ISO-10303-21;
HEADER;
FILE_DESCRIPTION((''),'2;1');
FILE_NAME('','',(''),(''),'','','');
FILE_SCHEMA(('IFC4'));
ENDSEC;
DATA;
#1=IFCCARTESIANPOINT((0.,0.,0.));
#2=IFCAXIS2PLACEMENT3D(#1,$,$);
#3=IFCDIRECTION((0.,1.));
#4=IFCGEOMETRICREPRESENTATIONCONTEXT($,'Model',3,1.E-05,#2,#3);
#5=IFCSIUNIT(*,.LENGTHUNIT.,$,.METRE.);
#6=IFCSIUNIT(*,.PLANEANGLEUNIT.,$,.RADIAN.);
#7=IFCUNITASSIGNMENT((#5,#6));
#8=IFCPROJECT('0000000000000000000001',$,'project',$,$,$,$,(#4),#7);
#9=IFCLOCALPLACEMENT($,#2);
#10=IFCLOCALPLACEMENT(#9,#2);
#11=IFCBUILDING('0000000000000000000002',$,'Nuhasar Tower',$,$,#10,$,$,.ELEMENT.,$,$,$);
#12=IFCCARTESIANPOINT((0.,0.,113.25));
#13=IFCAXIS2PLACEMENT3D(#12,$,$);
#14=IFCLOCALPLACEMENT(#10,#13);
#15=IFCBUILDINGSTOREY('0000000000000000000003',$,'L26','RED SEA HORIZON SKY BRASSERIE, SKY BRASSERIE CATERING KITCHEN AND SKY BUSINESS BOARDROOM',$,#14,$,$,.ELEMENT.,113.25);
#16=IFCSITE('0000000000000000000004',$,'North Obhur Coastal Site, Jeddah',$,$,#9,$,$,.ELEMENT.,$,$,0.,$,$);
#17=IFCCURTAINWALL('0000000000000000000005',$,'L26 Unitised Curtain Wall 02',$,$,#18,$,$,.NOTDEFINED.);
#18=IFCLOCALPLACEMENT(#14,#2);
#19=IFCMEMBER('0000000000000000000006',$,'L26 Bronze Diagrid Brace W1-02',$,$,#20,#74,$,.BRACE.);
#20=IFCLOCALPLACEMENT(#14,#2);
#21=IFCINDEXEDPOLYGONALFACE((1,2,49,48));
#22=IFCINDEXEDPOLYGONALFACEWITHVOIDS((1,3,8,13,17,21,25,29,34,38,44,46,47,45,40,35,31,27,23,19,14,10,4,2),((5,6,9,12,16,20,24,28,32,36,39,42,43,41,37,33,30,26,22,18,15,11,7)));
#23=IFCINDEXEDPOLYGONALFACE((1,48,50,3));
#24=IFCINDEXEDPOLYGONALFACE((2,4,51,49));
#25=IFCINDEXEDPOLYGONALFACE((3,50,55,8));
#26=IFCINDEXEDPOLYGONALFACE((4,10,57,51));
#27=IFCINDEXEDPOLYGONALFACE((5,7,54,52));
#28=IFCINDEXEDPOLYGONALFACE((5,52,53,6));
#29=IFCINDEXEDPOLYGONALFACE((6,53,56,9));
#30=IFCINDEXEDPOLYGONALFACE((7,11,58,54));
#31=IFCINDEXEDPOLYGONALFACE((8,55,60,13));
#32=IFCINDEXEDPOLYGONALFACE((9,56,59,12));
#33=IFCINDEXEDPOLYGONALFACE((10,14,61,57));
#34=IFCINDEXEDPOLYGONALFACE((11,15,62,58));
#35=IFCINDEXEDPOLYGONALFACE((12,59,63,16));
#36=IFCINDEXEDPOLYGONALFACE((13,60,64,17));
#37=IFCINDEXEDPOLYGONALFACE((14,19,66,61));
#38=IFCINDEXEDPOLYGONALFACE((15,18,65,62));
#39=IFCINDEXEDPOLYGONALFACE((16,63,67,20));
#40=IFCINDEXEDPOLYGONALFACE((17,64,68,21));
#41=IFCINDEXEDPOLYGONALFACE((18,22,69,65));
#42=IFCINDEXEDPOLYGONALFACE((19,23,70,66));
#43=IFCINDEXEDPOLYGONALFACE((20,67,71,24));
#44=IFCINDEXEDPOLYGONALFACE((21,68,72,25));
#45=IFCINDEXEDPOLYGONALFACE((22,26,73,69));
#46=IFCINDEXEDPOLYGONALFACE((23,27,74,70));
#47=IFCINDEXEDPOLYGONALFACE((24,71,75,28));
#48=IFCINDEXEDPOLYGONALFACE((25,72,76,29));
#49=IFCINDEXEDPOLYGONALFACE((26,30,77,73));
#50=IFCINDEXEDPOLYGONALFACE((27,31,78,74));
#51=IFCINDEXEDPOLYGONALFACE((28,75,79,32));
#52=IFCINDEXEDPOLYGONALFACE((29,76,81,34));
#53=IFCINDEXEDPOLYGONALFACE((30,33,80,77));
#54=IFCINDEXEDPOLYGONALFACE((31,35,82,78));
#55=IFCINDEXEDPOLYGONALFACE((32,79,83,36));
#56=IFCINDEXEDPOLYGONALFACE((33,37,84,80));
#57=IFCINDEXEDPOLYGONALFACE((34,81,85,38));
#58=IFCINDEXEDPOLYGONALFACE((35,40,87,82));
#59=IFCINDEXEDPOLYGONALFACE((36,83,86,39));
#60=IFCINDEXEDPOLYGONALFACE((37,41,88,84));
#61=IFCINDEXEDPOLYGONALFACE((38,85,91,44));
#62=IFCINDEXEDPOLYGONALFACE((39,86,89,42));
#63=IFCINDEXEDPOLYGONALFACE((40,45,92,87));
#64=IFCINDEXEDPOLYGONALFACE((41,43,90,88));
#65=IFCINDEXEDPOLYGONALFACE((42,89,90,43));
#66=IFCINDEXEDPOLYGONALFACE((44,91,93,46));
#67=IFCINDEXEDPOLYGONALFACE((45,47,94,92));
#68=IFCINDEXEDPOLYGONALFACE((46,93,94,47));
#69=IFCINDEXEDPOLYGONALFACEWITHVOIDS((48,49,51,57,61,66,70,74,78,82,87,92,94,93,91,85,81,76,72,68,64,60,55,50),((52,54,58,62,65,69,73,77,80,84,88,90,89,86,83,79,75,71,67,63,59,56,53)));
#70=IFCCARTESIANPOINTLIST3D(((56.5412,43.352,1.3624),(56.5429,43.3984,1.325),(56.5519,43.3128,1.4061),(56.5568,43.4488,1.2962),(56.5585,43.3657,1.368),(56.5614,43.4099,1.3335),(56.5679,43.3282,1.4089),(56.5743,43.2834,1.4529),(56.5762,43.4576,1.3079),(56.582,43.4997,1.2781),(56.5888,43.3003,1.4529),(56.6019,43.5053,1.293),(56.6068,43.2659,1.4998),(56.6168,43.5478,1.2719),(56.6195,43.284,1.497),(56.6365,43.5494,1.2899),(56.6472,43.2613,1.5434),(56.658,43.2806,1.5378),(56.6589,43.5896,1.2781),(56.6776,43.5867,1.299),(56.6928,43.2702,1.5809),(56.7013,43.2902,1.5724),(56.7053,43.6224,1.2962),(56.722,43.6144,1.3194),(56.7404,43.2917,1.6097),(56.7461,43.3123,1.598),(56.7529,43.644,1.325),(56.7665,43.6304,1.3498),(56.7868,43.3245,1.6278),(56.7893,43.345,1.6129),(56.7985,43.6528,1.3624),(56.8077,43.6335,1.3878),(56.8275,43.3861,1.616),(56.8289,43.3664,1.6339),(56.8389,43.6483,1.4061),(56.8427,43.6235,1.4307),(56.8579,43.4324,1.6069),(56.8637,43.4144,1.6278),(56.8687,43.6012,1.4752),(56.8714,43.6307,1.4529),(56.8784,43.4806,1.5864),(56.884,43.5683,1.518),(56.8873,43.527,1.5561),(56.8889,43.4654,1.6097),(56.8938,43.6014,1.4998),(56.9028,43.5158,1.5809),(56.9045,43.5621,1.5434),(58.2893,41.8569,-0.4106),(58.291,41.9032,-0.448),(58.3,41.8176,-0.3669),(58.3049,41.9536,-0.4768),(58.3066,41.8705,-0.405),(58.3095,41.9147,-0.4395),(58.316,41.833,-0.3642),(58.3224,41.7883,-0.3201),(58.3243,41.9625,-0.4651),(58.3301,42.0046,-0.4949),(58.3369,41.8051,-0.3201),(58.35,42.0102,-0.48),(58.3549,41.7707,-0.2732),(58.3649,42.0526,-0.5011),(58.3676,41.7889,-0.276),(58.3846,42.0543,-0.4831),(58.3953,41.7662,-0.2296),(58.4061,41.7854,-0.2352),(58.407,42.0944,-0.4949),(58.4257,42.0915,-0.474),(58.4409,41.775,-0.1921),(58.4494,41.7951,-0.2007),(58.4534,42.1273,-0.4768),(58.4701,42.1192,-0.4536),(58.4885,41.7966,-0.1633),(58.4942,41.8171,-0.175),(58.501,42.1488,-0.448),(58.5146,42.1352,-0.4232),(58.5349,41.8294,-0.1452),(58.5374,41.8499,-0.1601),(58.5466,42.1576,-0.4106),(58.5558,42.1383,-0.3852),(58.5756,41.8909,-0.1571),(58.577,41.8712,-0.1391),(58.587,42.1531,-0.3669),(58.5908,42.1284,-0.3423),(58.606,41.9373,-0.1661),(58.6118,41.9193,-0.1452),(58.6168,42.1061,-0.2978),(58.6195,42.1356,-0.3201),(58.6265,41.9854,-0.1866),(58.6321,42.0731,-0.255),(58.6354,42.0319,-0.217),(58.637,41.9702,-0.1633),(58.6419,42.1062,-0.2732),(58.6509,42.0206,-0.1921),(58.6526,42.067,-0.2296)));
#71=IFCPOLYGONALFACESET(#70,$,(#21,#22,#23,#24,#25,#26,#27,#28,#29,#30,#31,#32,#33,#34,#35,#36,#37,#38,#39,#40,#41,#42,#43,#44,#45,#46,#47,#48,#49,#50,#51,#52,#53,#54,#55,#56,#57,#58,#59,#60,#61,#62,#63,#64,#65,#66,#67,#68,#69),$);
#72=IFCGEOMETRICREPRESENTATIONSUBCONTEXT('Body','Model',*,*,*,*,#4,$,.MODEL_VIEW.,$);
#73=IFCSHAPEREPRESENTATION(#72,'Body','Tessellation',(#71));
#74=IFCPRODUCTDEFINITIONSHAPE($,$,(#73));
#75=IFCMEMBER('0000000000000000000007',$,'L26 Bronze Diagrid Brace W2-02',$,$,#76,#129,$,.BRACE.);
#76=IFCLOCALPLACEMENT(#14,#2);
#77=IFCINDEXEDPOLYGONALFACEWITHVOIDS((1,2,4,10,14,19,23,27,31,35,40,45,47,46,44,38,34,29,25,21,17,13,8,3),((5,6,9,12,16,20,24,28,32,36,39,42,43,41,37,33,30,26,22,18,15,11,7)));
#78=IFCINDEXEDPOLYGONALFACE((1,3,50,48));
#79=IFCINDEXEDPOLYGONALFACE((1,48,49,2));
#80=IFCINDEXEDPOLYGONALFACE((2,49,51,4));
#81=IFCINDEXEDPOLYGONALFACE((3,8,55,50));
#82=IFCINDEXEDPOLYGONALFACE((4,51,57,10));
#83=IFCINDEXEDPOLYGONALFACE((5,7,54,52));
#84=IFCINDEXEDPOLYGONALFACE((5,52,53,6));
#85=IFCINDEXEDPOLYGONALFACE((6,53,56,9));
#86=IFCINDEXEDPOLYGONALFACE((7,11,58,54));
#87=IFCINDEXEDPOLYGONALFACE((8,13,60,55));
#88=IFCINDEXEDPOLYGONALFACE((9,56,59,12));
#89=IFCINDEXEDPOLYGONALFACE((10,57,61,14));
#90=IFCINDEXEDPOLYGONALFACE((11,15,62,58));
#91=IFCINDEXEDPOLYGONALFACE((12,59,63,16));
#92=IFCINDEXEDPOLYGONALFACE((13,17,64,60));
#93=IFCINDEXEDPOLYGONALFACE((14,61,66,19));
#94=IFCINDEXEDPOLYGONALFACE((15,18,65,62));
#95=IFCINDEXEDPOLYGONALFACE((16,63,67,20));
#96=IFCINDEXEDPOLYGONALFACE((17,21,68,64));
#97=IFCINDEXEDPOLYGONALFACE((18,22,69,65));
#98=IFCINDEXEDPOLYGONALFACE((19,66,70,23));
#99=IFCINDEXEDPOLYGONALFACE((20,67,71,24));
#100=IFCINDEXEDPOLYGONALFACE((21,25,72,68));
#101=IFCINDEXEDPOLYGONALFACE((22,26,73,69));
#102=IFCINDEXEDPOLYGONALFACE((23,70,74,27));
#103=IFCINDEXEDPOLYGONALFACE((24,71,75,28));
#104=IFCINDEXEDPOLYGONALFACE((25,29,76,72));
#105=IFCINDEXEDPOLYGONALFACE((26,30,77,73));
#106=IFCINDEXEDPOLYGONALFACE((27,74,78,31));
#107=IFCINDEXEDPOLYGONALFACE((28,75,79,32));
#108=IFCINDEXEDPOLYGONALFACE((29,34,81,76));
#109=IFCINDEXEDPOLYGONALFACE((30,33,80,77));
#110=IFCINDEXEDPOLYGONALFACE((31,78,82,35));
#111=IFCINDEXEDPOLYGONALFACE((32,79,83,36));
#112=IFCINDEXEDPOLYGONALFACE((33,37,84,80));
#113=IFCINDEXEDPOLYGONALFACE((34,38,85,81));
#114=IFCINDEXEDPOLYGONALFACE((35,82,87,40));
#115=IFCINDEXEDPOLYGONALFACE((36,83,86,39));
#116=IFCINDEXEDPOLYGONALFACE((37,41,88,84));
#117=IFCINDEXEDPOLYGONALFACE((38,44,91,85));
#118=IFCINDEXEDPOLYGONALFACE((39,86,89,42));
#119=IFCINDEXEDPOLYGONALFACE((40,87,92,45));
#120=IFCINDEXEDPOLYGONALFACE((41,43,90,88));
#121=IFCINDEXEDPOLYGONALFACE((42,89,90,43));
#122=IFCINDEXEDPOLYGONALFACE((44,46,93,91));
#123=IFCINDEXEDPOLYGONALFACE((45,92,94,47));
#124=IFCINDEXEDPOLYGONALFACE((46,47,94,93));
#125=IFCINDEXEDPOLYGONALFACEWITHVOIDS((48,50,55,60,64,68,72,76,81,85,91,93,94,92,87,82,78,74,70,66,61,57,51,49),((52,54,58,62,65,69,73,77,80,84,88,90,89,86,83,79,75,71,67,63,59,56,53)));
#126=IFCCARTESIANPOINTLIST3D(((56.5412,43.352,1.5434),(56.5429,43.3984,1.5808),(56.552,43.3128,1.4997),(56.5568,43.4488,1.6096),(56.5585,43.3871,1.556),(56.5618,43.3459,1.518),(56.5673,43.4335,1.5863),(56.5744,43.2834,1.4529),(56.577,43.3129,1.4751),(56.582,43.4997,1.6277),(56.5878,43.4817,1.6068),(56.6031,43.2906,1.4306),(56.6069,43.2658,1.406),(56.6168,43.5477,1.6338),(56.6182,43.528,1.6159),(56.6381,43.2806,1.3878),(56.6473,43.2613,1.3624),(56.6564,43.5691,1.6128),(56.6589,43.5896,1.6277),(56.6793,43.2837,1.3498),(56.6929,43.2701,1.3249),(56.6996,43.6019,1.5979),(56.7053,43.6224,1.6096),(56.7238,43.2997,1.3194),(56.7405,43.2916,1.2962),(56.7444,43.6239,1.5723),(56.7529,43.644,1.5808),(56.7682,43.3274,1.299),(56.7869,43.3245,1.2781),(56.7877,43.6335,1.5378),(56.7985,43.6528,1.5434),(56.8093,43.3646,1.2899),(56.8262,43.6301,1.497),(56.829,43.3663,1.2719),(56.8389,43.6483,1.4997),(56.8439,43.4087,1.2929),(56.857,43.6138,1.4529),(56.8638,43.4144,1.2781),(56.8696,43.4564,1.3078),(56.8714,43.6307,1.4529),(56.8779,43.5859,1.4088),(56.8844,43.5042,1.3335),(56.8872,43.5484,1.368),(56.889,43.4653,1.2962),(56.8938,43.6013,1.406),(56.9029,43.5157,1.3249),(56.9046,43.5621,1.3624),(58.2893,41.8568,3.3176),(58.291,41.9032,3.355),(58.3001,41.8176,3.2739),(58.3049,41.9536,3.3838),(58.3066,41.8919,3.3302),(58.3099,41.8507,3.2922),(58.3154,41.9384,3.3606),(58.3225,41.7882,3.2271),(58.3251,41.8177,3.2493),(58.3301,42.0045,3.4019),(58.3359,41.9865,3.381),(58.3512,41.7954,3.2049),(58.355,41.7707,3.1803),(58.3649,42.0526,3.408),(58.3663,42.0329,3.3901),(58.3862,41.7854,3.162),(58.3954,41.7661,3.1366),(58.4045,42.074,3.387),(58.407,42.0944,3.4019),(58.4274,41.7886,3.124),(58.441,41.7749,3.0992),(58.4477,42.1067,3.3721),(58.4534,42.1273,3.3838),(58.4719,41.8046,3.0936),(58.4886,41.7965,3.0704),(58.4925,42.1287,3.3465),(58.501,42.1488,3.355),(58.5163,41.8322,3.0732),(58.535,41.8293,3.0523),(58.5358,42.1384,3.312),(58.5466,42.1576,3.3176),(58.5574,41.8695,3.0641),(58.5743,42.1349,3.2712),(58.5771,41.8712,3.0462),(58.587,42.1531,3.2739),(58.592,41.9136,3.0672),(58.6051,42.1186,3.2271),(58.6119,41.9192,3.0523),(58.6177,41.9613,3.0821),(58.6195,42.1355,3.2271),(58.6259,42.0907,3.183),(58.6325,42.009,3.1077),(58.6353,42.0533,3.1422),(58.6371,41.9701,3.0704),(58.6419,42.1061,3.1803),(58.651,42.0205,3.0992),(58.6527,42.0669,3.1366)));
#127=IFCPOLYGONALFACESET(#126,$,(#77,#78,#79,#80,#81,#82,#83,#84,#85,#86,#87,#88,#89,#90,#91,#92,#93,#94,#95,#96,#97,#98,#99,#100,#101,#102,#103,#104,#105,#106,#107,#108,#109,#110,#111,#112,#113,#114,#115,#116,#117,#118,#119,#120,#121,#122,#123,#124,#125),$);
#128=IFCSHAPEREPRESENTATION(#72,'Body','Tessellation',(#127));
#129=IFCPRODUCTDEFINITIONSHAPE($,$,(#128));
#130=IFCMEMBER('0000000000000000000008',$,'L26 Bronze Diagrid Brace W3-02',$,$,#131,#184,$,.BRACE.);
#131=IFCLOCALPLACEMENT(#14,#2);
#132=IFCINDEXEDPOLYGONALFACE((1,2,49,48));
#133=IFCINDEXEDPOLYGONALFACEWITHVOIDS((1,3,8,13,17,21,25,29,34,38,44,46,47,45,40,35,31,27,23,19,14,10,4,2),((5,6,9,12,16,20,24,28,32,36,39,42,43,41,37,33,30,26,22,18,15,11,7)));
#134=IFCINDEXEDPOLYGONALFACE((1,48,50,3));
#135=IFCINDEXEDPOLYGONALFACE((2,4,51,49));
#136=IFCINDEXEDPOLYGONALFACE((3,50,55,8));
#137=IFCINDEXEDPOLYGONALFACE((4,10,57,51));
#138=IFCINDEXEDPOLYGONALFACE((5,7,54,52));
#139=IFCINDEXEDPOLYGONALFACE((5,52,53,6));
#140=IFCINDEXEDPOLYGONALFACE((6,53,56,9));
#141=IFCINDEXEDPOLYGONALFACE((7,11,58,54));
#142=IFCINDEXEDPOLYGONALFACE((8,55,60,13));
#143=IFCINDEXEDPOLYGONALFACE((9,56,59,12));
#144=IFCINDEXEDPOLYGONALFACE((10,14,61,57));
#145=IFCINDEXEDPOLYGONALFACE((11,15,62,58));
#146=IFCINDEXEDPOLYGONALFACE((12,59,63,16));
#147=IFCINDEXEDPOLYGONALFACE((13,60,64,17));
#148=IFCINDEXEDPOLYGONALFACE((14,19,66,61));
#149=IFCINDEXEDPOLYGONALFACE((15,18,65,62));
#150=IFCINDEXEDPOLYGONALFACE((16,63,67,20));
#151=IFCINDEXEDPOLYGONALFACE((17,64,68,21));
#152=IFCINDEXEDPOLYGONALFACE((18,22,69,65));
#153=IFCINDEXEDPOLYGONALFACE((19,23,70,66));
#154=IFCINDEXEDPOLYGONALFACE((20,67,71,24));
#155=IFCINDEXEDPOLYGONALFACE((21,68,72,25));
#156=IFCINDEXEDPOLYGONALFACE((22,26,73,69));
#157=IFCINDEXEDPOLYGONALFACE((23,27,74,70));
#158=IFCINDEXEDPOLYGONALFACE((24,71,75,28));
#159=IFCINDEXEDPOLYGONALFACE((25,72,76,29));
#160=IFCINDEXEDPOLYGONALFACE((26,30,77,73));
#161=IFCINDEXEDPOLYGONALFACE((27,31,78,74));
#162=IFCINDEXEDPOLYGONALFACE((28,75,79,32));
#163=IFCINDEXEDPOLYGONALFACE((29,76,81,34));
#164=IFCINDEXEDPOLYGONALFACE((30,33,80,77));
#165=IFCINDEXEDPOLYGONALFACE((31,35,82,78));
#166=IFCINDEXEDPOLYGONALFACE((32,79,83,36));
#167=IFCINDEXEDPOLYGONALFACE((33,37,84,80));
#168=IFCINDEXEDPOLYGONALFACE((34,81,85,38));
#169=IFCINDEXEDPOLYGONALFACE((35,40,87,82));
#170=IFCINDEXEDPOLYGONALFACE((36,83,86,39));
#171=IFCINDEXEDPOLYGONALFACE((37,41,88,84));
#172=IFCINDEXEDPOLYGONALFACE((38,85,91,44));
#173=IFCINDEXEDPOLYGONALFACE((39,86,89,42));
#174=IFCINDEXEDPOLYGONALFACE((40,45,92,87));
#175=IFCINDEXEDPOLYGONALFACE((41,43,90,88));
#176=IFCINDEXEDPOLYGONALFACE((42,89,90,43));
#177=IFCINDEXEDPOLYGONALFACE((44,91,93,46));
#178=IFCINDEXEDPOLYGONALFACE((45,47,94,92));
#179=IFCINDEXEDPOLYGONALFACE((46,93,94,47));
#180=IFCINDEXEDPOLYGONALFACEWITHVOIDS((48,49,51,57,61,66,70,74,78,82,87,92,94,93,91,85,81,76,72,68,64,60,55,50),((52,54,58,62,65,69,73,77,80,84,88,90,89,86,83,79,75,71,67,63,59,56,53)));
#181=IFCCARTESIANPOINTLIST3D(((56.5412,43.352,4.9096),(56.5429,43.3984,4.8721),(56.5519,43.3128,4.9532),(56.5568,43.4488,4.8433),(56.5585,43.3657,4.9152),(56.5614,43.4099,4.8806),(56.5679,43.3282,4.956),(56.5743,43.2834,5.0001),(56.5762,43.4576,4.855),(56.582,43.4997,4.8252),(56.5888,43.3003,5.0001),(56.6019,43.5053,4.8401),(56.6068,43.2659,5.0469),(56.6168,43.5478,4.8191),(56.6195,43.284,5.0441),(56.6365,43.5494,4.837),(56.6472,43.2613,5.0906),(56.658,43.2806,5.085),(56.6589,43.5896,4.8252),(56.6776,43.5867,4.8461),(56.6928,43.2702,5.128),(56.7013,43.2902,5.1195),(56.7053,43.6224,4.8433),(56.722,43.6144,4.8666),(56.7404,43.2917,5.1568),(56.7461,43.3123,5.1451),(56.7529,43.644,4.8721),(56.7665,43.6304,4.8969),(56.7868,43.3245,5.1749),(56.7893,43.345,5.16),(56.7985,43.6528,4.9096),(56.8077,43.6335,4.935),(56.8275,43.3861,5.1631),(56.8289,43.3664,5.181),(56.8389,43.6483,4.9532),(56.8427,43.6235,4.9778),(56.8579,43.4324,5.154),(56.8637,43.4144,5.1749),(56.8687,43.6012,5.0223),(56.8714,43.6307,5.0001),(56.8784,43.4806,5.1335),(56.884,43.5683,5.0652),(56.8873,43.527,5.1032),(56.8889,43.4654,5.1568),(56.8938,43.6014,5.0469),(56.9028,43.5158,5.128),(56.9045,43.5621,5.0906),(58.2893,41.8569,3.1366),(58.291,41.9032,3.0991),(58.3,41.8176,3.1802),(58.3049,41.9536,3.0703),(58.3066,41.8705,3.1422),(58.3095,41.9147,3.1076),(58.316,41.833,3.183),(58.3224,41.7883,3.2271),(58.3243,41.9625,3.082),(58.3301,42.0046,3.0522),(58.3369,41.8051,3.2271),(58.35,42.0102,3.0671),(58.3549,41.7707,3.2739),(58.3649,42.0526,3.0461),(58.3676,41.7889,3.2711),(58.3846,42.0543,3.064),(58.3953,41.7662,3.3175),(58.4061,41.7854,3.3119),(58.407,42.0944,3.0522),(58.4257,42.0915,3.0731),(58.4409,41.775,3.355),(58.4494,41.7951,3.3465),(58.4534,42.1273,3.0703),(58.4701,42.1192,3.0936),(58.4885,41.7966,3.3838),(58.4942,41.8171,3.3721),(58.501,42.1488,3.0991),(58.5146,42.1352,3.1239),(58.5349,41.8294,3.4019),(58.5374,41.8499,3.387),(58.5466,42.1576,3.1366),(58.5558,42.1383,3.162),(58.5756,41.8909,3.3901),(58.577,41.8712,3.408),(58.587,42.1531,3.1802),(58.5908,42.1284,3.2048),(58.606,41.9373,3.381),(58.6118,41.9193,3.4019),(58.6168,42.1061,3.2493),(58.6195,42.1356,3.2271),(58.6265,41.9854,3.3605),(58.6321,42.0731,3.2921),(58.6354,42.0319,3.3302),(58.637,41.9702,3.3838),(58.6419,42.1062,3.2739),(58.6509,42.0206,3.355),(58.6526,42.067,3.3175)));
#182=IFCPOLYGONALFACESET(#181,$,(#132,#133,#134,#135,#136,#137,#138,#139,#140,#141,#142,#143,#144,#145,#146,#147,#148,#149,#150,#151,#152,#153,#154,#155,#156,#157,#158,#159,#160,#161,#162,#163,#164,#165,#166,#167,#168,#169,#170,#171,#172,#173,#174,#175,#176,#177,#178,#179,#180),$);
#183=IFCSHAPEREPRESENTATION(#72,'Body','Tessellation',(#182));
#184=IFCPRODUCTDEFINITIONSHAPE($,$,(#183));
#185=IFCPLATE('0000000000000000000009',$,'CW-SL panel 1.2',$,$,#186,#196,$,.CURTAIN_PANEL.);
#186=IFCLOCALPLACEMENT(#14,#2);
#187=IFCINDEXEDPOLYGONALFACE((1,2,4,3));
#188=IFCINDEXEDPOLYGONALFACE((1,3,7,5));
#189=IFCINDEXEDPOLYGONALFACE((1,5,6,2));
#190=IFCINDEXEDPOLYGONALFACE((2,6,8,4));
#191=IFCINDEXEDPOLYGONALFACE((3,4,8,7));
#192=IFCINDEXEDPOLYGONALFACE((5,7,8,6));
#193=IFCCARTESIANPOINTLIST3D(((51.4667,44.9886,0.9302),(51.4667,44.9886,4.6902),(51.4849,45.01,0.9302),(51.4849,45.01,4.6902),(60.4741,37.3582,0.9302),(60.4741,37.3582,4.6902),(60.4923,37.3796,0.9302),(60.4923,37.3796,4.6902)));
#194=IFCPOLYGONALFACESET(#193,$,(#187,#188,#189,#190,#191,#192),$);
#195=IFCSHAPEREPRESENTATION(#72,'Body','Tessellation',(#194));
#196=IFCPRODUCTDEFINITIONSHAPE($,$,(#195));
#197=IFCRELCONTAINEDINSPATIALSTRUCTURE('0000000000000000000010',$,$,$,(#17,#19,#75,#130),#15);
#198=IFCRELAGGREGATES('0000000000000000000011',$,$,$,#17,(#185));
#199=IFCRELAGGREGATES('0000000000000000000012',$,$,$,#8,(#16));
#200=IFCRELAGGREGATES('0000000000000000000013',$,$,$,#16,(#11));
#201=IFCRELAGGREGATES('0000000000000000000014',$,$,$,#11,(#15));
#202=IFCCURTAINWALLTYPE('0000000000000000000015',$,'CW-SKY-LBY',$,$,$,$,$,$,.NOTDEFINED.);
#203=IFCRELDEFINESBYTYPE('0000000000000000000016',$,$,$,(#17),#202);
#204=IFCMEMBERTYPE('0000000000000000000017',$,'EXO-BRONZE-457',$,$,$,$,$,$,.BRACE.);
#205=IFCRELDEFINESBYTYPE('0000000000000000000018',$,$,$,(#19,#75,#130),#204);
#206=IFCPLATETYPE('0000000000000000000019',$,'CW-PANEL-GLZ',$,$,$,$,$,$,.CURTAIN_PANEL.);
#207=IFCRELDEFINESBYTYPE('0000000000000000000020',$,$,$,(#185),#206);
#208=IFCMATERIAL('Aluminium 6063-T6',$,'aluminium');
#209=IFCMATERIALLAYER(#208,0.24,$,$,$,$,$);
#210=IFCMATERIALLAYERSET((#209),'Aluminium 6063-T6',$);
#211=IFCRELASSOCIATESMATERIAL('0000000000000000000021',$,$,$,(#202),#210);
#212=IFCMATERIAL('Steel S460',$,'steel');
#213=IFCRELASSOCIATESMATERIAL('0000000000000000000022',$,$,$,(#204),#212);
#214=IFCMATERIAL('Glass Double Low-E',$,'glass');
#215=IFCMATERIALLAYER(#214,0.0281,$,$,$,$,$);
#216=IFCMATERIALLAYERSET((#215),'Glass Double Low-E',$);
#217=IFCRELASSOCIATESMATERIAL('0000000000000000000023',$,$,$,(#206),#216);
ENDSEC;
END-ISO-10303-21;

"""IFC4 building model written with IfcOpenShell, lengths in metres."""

from ifc_helpers import new_model, si_unit, direction, frame, origin, origin_2d, place, context, subcontext, project, spatial, rectangle, hollow_circle, extrude, material, layer, layer_set, material_profile, profile_set, type_object, element, aggregate, save


model = new_model("IFC4")

# Units and contexts
model_context = context("Model", 3, precision=1e-05, world=origin(), true_north=direction((0.0, 1.0)))
body_context = subcontext(model_context, "Body", "Model", "MODEL_VIEW")
ifc_project = project(units=[si_unit("LENGTHUNIT", "METRE"), si_unit("PLANEANGLEUNIT", "RADIAN")], contexts=[model_context])

# Site, building, storey
site_placement = place(None, origin())
site = spatial("IfcSite", under=ifc_project, at=site_placement, Name="North Obhur Coastal Site, Jeddah", CompositionType="ELEMENT", RefElevation=0.0)
building_placement = place(site_placement, origin())
building = spatial("IfcBuilding", under=site, at=building_placement, Name="Nuhasar Tower", CompositionType="ELEMENT")
storey_placement = place(building_placement, frame((0.0, 0.0, 113.25)))
storey = spatial("IfcBuildingStorey", under=building, at=storey_placement, Name="L26", Description="RED SEA HORIZON SKY BRASSERIE, SKY BRASSERIE CATERING KITCHEN AND SKY BUSINESS BOARDROOM", CompositionType="ELEMENT", Elevation=113.25)

# Shared definitions
ifc_material_1 = material(Name="Steel S460", Category="steel")

# Shared definitions
ifc_material_2 = material(Name="Aluminium 6063-T6", Category="aluminium")
ifc_layer_1 = layer(ifc_material_2, 0.24)
ifc_layer_set_1 = layer_set([ifc_layer_1], Name="Aluminium 6063-T6")
curtain_wall_type = type_object("IfcCurtainWallType", Name="CW-SKY-LBY", PredefinedType="NOTDEFINED", material=ifc_layer_set_1)

# Curtain wall
curtain_wall_1_placement = place(storey_placement, origin())
curtain_wall_1 = element("IfcCurtainWall", 1, at=curtain_wall_1_placement, inside=storey, type_object=curtain_wall_type, Name="L26 Unitised Curtain Wall 02", PredefinedType="NOTDEFINED")

# Members
ifc_material_profile_1 = material_profile(ifc_material_1, hollow_circle(Radius=0.2285, WallThickness=0.0222, at=origin_2d()), Name="HSS457X22.2")
ifc_profile_set_1 = profile_set([ifc_material_profile_1], Name="Steel S460")
member_type_1 = type_object("IfcMemberType", Name="EXO-BRONZE-457", PredefinedType="BRACE", material=ifc_profile_set_1)
member_1_placement = place(storey_placement, frame((58.4709, 41.9619, -0.3201), z_axis=(-0.601903, 0.514812, 0.610477), x_axis=(-0.649987, -0.759945, 0.0)))
element("IfcMember", 2, at=member_1_placement, inside=storey, type_object=member_type_1, Name="L26 Bronze Diagrid Brace W1-02", PredefinedType="BRACE", context=body_context, shape_type="SweptSolid", body=[
    extrude(hollow_circle(Radius=0.2285, WallThickness=0.0222, at=origin_2d()), origin(), (0.0, 0.0, 1.0), 2.9043),
])
member_2_placement = place(storey_placement, frame((56.7229, 43.457, 1.4529), z_axis=(0.601748, -0.51468, 0.610741), x_axis=(0.649987, 0.759945, 0.0)))
element("IfcMember", 3, at=member_2_placement, inside=storey, type_object=member_type_1, Name="L26 Bronze Diagrid Brace W2-02", PredefinedType="BRACE", context=body_context, shape_type="SweptSolid", body=[
    extrude(hollow_circle(Radius=0.2285, WallThickness=0.0222, at=origin_2d()), origin(), (0.0, 0.0, 1.0), 2.905),
])
member_3_placement = place(storey_placement, frame((58.4709, 41.9619, 3.2271), z_axis=(-0.601903, 0.514812, 0.610477), x_axis=(-0.649987, -0.759945, 0.0)))
element("IfcMember", 4, at=member_3_placement, inside=storey, type_object=member_type_1, Name="L26 Bronze Diagrid Brace W3-02", PredefinedType="BRACE", context=body_context, shape_type="SweptSolid", body=[
    extrude(hollow_circle(Radius=0.2285, WallThickness=0.0222, at=origin_2d()), origin(), (0.0, 0.0, 1.0), 2.9043),
])

# Plate
ifc_material_3 = material(Name="Glass Double Low-E", Category="glass")
ifc_layer_2 = layer(ifc_material_3, 0.0281)
ifc_layer_set_2 = layer_set([ifc_layer_2], Name="Glass Double Low-E")
plate_type_1 = type_object("IfcPlateType", Name="CW-PANEL-GLZ", PredefinedType="CURTAIN_PANEL", material=ifc_layer_set_2)
plate_1_placement = place(storey_placement, frame((55.9795, 41.1841, 0.9302), z_axis=(0.0, 0.0, 1.0), x_axis=(-0.76302, 0.646374, 0.0)))
plate_1 = element("IfcPlate", 5, at=plate_1_placement, type_object=plate_type_1, Name="CW-SL panel 1.2", PredefinedType="CURTAIN_PANEL", context=body_context, shape_type="SweptSolid", body=[
    extrude(rectangle(XDim=11.8049, YDim=0.0281, at=origin_2d()), origin(), (0.0, 0.0, 1.0), 3.76),
])
aggregate(curtain_wall_1, [plate_1])

save(model, "model.ifc")
